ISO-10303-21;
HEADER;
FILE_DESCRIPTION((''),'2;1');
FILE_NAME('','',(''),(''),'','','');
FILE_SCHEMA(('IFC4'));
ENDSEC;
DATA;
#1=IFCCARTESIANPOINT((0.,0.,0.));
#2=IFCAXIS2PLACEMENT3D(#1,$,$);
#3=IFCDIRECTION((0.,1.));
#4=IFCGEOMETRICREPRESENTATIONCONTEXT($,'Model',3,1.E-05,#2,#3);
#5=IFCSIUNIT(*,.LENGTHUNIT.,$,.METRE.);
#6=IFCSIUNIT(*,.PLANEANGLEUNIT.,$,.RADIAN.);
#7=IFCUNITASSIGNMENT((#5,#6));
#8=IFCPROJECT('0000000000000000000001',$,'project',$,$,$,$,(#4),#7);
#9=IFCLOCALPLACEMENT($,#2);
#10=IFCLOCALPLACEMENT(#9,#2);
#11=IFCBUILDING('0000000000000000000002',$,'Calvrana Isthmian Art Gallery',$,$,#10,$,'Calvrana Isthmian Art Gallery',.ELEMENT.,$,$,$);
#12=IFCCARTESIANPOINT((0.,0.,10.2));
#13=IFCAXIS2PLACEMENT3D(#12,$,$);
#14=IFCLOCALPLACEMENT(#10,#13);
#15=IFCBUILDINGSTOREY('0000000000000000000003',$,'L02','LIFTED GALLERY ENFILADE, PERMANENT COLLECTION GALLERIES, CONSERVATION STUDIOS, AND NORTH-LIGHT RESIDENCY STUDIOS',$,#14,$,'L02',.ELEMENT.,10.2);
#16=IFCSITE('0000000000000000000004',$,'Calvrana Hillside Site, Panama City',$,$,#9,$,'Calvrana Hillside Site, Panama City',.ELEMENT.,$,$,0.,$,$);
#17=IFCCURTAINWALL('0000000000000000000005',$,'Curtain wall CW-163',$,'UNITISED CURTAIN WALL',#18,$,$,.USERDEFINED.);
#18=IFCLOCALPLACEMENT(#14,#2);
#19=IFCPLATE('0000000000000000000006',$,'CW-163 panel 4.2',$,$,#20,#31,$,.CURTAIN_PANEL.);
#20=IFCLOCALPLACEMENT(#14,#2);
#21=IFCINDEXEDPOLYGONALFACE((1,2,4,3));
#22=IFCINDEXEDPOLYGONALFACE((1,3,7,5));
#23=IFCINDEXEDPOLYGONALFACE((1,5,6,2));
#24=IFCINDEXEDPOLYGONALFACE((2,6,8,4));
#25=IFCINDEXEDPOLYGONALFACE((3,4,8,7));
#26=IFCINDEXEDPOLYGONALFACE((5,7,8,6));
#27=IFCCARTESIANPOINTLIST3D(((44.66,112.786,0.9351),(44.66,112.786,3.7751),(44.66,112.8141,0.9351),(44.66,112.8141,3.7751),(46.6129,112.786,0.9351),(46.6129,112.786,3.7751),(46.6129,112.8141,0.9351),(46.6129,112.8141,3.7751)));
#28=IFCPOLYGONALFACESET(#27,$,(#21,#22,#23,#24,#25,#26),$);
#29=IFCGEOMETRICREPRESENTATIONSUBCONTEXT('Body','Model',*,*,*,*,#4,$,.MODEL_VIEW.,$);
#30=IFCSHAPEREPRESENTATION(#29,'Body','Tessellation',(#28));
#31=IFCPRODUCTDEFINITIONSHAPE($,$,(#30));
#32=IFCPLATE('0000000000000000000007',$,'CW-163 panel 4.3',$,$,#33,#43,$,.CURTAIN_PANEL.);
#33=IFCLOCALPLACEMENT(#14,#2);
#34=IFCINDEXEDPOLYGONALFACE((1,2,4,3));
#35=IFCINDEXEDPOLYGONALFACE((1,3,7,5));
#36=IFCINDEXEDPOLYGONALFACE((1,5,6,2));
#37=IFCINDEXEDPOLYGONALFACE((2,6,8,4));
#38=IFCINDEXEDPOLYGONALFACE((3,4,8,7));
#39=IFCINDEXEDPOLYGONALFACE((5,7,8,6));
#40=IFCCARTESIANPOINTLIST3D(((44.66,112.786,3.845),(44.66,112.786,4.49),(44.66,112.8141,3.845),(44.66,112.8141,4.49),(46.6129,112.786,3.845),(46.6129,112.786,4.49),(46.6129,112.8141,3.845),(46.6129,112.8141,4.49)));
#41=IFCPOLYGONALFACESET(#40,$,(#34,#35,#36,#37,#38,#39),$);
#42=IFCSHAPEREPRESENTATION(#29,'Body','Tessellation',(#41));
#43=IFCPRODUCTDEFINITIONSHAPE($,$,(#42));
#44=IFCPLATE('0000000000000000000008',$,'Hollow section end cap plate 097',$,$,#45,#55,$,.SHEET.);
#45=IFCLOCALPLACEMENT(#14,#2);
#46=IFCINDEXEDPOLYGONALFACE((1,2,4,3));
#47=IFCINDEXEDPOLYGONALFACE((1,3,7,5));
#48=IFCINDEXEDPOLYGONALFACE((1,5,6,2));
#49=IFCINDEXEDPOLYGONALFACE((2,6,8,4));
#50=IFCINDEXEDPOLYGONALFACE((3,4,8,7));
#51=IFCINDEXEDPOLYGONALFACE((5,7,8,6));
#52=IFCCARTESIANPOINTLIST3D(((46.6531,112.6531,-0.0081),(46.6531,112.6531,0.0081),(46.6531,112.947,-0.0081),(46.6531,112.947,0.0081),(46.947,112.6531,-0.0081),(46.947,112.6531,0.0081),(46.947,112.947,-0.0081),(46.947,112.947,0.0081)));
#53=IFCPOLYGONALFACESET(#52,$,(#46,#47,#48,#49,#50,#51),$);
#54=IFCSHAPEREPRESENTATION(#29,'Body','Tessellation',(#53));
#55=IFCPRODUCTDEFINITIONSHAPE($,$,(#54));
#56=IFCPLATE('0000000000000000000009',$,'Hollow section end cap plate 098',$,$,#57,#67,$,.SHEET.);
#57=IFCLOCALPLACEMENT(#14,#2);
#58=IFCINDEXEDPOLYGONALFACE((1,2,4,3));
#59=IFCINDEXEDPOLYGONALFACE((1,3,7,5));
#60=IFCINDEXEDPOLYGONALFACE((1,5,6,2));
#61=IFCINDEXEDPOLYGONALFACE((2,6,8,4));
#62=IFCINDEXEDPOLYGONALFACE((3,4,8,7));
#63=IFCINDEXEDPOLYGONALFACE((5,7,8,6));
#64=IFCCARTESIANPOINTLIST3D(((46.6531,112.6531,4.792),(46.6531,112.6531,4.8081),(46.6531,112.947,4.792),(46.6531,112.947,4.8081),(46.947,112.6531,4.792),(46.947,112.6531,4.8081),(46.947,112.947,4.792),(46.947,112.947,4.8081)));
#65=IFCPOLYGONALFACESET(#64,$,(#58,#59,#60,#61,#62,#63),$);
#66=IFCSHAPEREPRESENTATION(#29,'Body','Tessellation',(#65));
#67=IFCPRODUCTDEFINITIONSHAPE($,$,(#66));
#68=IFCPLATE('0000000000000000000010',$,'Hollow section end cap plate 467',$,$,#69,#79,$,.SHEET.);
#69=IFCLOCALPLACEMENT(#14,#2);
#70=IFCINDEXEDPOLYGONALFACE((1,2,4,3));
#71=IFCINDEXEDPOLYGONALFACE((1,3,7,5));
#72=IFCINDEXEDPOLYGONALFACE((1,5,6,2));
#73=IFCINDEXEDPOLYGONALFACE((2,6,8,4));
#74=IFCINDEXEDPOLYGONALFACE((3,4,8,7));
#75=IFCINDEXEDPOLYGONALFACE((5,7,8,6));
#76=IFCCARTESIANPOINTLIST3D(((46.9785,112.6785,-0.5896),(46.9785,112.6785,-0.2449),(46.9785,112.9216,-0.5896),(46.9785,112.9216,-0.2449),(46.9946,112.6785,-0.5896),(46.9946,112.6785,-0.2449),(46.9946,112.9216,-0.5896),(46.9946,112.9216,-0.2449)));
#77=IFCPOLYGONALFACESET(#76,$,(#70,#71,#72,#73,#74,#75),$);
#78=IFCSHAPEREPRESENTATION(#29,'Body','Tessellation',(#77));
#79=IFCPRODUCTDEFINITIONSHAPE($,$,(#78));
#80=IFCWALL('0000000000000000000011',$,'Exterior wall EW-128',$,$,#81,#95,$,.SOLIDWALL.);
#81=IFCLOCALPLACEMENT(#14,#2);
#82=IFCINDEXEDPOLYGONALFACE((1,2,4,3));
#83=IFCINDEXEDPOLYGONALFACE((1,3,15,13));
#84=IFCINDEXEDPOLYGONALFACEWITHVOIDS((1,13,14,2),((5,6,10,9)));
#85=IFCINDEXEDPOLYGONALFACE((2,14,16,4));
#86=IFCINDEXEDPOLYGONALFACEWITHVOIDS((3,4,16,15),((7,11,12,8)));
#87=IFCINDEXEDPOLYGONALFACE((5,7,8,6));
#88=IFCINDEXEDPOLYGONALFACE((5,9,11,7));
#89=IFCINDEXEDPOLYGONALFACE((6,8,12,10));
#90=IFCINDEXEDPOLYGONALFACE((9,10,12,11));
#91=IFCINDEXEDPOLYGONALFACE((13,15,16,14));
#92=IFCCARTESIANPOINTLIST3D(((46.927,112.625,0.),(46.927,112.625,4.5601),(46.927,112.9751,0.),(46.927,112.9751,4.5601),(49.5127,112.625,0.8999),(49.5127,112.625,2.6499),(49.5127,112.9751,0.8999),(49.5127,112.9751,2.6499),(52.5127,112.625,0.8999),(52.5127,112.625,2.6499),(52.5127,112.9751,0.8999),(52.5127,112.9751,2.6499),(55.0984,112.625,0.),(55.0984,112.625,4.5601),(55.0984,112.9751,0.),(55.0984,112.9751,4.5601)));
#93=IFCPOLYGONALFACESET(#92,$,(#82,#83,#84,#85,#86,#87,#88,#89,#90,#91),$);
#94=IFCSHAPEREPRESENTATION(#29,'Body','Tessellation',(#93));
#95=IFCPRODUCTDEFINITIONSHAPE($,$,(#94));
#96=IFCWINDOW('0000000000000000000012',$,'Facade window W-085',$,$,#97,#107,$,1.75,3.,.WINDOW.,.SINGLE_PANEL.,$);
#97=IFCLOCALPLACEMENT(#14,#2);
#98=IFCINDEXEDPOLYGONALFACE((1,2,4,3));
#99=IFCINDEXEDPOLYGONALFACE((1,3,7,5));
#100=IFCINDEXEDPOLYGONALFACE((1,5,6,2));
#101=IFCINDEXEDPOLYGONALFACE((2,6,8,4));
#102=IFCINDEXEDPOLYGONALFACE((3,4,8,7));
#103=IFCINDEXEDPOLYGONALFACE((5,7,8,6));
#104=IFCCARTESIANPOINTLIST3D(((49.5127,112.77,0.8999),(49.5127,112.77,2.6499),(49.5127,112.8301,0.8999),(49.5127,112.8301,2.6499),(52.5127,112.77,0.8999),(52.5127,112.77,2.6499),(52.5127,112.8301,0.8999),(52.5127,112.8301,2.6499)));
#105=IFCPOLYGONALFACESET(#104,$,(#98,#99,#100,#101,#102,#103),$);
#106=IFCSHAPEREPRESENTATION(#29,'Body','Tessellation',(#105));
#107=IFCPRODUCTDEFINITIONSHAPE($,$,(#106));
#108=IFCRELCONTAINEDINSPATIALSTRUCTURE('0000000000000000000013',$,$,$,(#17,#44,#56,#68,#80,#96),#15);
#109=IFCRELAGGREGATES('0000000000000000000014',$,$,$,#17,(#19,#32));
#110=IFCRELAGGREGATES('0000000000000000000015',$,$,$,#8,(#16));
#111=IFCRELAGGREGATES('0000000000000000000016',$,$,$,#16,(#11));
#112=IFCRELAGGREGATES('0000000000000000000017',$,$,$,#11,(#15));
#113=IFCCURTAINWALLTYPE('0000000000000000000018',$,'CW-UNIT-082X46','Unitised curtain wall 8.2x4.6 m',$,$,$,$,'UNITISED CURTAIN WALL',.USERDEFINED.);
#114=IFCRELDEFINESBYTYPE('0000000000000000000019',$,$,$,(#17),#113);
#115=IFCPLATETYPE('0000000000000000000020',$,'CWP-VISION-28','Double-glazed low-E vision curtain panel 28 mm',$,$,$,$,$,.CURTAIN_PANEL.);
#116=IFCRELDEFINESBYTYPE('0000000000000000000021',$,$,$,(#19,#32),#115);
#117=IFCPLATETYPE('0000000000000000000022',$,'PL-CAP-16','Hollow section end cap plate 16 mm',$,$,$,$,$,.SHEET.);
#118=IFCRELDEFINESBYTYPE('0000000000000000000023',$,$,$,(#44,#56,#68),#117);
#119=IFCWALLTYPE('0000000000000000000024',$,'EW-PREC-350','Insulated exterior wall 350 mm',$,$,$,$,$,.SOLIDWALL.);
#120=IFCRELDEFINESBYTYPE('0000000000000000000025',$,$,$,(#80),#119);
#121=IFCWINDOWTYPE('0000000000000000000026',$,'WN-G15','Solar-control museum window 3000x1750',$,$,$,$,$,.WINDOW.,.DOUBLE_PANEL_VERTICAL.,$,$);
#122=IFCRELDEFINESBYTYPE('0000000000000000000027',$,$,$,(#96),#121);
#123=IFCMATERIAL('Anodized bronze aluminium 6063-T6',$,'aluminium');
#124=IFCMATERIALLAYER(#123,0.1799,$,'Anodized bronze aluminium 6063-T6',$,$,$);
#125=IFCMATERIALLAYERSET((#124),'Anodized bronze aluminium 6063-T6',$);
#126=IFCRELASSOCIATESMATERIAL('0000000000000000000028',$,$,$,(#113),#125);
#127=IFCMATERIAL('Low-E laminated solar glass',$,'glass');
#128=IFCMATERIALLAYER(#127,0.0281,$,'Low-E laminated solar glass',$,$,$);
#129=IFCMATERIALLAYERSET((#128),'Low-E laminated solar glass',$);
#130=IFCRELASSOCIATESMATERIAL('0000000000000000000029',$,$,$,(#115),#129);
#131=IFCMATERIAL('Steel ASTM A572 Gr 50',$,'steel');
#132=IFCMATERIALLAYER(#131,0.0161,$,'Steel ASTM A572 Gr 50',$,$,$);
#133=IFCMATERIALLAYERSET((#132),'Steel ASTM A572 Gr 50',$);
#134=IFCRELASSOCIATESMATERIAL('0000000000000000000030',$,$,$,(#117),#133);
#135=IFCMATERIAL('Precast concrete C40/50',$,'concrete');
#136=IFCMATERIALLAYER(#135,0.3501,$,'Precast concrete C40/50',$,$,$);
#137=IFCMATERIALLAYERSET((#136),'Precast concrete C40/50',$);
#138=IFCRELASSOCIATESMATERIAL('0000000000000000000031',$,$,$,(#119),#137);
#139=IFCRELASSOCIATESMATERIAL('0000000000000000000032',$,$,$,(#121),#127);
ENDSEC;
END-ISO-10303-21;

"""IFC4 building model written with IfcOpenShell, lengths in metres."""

from ifc_helpers import new_model, si_unit, direction, frame, frame_2d, origin, origin_2d, place, context, subcontext, project, spatial, rectangle, extrude, material, layer, layer_set, type_object, element, fill, aggregate, save


model = new_model("IFC4")

# Units and contexts
model_context = context("Model", 3, precision=1e-05, world=origin(), true_north=direction((0.0, 1.0)))
body_context = subcontext(model_context, "Body", "Model", "MODEL_VIEW")
ifc_project = project(units=[si_unit("LENGTHUNIT", "METRE"), si_unit("PLANEANGLEUNIT", "RADIAN")], contexts=[model_context])

# Site, building, storey
site_placement = place(None, origin())
site = spatial("IfcSite", under=ifc_project, at=site_placement, Name="Calvrana Hillside Site, Panama City", LongName="Calvrana Hillside Site, Panama City", CompositionType="ELEMENT", RefElevation=0.0)
building_placement = place(site_placement, origin())
building = spatial("IfcBuilding", under=site, at=building_placement, Name="Calvrana Isthmian Art Gallery", LongName="Calvrana Isthmian Art Gallery", CompositionType="ELEMENT")
storey_placement = place(building_placement, frame((0.0, 0.0, 10.2)))
storey = spatial("IfcBuildingStorey", under=building, at=storey_placement, Name="L02", Description="LIFTED GALLERY ENFILADE, PERMANENT COLLECTION GALLERIES, CONSERVATION STUDIOS, AND NORTH-LIGHT RESIDENCY STUDIOS", LongName="L02", CompositionType="ELEMENT", Elevation=10.2)

# Curtain wall, plates
ifc_material_1 = material(Name="Anodized bronze aluminium 6063-T6", Category="aluminium")
ifc_layer_1 = layer(ifc_material_1, 0.1799, Name="Anodized bronze aluminium 6063-T6")
ifc_layer_set_1 = layer_set([ifc_layer_1], Name="Anodized bronze aluminium 6063-T6")
curtain_wall_type = type_object("IfcCurtainWallType", Name="CW-UNIT-082X46", Description="Unitised curtain wall 8.2x4.6 m", ElementType="UNITISED CURTAIN WALL", PredefinedType="USERDEFINED", material=ifc_layer_set_1)
curtain_wall_placement = place(storey_placement, origin())
curtain_wall = element("IfcCurtainWall", 1, at=curtain_wall_placement, inside=storey, type_object=curtain_wall_type, Name="Curtain wall CW-163", ObjectType="UNITISED CURTAIN WALL", PredefinedType="USERDEFINED")
ifc_material_2 = material(Name="Low-E laminated solar glass", Category="glass")
ifc_layer_2 = layer(ifc_material_2, 0.0281, Name="Low-E laminated solar glass")
ifc_layer_set_2 = layer_set([ifc_layer_2], Name="Low-E laminated solar glass")
plate_type_1 = type_object("IfcPlateType", Name="CWP-VISION-28", Description="Double-glazed low-E vision curtain panel 28 mm", PredefinedType="CURTAIN_PANEL", material=ifc_layer_set_2)
plate_1_placement = place(storey_placement, frame((45.6365, 112.8, 0.9351), z_axis=(0.0, 0.0, 1.0), x_axis=(1.0, 0.0, 0.0)))
plate_1 = element("IfcPlate", 2, at=plate_1_placement, type_object=plate_type_1, Name="CW-163 panel 4.2", PredefinedType="CURTAIN_PANEL", context=body_context, shape_type="SweptSolid", body=[
    extrude(rectangle(XDim=1.9529, YDim=0.0281, at=origin_2d()), origin(), (0.0, 0.0, 1.0), 2.8401),
])
plate_2_placement = place(storey_placement, frame((45.6365, 112.8, 3.845), z_axis=(0.0, 0.0, 1.0), x_axis=(1.0, 0.0, 0.0)))
plate_2 = element("IfcPlate", 3, at=plate_2_placement, type_object=plate_type_1, Name="CW-163 panel 4.3", PredefinedType="CURTAIN_PANEL", context=body_context, shape_type="SweptSolid", body=[
    extrude(rectangle(XDim=1.9529, YDim=0.0281, at=origin_2d()), origin(), (0.0, 0.0, 1.0), 0.645),
])
aggregate(curtain_wall, [plate_1, plate_2])

# Plates
ifc_material_3 = material(Name="Steel ASTM A572 Gr 50", Category="steel")
ifc_layer_3 = layer(ifc_material_3, 0.0161, Name="Steel ASTM A572 Gr 50")
ifc_layer_set_3 = layer_set([ifc_layer_3], Name="Steel ASTM A572 Gr 50")
plate_type_2 = type_object("IfcPlateType", Name="PL-CAP-16", Description="Hollow section end cap plate 16 mm", PredefinedType="SHEET", material=ifc_layer_set_3)
for number, where, z_axis, x_axis, name in (
    (4, (46.8, 112.8, -0.0081), (0.0, 0.0, 1.0), (1.0, 0.0, 0.0), "Hollow section end cap plate 097"),
    (5, (46.8, 112.8, 4.792), (0.0, 0.0, 1.0), (1.0, 0.0, 0.0), "Hollow section end cap plate 098"),
):
    element("IfcPlate", number, at=place(storey_placement, frame(where, z_axis=z_axis, x_axis=x_axis)), inside=storey, type_object=plate_type_2, Name=name, PredefinedType="SHEET", context=body_context, shape_type="SweptSolid", body=[
        extrude(rectangle(XDim=0.2939, YDim=0.2939, at=origin_2d()), origin(), (0.0, 0.0, 1.0), 0.0161),
    ])
plate_3_placement = place(storey_placement, frame((46.9866, 112.8, -0.5896), z_axis=(0.0, 0.0, 1.0), x_axis=(1.0, 0.0, 0.0)))
element("IfcPlate", 6, at=plate_3_placement, inside=storey, type_object=plate_type_2, Name="Hollow section end cap plate 467", PredefinedType="SHEET", context=body_context, shape_type="SweptSolid", body=[
    extrude(rectangle(XDim=0.0161, YDim=0.2432, at=origin_2d()), origin(), (0.0, 0.0, 1.0), 0.3447),
])

# Wall, opening, window
ifc_material_4 = material(Name="Precast concrete C40/50", Category="concrete")
ifc_layer_4 = layer(ifc_material_4, 0.3501, Name="Precast concrete C40/50")
ifc_layer_set_4 = layer_set([ifc_layer_4], Name="Precast concrete C40/50")
wall_type = type_object("IfcWallType", Name="EW-PREC-350", Description="Insulated exterior wall 350 mm", PredefinedType="SOLIDWALL", material=ifc_layer_set_4)
wall_placement = place(storey_placement, frame((46.927, 112.8, 0.0), z_axis=(0.0, 0.0, 1.0), x_axis=(1.0, 0.0, 0.0)))
wall = element("IfcWall", 7, at=wall_placement, inside=storey, type_object=wall_type, Name="Exterior wall EW-128", PredefinedType="SOLIDWALL", context=body_context, shape_type="SweptSolid", body=[
    extrude(rectangle(XDim=8.1714, YDim=0.3501, at=frame_2d((4.0857, 0.0))), origin(), (0.0, 0.0, 1.0), 4.5601),
])
opening_placement = place(wall_placement, frame((2.5857, 0.0, 0.8999)))
opening = element("IfcOpeningElement", 8, at=opening_placement, cuts=wall, PredefinedType="OPENING", context=body_context, shape_type="SweptSolid", body=[
    extrude(rectangle(XDim=3.0, YDim=1.75, at=frame_2d((1.5, 0.875))), frame((0.0, 0.1853, 0.0), z_axis=(0.0, -1.0, 0.0), x_axis=(1.0, 0.0, 0.0)), (0.0, 0.0, 1.0), 0.3706),
])
window_type = type_object("IfcWindowType", Name="WN-G15", Description="Solar-control museum window 3000x1750", PartitioningType="DOUBLE_PANEL_VERTICAL", PredefinedType="WINDOW", material=ifc_material_2)
window_placement = place(opening_placement, origin())
window = element("IfcWindow", 9, at=window_placement, inside=storey, type_object=window_type, Name="Facade window W-085", OverallHeight=1.75, OverallWidth=3.0, PartitioningType="SINGLE_PANEL", PredefinedType="WINDOW", context=body_context, shape_type="SweptSolid", body=[
    extrude(rectangle(XDim=3.0, YDim=1.75, at=frame_2d((1.5, 0.875))), frame((0.0, 0.03, 0.0), z_axis=(0.0, -1.0, 0.0), x_axis=(1.0, 0.0, 0.0)), (0.0, 0.0, 1.0), 0.0601),
])
fill(opening, window)

save(model, "model.ifc")
